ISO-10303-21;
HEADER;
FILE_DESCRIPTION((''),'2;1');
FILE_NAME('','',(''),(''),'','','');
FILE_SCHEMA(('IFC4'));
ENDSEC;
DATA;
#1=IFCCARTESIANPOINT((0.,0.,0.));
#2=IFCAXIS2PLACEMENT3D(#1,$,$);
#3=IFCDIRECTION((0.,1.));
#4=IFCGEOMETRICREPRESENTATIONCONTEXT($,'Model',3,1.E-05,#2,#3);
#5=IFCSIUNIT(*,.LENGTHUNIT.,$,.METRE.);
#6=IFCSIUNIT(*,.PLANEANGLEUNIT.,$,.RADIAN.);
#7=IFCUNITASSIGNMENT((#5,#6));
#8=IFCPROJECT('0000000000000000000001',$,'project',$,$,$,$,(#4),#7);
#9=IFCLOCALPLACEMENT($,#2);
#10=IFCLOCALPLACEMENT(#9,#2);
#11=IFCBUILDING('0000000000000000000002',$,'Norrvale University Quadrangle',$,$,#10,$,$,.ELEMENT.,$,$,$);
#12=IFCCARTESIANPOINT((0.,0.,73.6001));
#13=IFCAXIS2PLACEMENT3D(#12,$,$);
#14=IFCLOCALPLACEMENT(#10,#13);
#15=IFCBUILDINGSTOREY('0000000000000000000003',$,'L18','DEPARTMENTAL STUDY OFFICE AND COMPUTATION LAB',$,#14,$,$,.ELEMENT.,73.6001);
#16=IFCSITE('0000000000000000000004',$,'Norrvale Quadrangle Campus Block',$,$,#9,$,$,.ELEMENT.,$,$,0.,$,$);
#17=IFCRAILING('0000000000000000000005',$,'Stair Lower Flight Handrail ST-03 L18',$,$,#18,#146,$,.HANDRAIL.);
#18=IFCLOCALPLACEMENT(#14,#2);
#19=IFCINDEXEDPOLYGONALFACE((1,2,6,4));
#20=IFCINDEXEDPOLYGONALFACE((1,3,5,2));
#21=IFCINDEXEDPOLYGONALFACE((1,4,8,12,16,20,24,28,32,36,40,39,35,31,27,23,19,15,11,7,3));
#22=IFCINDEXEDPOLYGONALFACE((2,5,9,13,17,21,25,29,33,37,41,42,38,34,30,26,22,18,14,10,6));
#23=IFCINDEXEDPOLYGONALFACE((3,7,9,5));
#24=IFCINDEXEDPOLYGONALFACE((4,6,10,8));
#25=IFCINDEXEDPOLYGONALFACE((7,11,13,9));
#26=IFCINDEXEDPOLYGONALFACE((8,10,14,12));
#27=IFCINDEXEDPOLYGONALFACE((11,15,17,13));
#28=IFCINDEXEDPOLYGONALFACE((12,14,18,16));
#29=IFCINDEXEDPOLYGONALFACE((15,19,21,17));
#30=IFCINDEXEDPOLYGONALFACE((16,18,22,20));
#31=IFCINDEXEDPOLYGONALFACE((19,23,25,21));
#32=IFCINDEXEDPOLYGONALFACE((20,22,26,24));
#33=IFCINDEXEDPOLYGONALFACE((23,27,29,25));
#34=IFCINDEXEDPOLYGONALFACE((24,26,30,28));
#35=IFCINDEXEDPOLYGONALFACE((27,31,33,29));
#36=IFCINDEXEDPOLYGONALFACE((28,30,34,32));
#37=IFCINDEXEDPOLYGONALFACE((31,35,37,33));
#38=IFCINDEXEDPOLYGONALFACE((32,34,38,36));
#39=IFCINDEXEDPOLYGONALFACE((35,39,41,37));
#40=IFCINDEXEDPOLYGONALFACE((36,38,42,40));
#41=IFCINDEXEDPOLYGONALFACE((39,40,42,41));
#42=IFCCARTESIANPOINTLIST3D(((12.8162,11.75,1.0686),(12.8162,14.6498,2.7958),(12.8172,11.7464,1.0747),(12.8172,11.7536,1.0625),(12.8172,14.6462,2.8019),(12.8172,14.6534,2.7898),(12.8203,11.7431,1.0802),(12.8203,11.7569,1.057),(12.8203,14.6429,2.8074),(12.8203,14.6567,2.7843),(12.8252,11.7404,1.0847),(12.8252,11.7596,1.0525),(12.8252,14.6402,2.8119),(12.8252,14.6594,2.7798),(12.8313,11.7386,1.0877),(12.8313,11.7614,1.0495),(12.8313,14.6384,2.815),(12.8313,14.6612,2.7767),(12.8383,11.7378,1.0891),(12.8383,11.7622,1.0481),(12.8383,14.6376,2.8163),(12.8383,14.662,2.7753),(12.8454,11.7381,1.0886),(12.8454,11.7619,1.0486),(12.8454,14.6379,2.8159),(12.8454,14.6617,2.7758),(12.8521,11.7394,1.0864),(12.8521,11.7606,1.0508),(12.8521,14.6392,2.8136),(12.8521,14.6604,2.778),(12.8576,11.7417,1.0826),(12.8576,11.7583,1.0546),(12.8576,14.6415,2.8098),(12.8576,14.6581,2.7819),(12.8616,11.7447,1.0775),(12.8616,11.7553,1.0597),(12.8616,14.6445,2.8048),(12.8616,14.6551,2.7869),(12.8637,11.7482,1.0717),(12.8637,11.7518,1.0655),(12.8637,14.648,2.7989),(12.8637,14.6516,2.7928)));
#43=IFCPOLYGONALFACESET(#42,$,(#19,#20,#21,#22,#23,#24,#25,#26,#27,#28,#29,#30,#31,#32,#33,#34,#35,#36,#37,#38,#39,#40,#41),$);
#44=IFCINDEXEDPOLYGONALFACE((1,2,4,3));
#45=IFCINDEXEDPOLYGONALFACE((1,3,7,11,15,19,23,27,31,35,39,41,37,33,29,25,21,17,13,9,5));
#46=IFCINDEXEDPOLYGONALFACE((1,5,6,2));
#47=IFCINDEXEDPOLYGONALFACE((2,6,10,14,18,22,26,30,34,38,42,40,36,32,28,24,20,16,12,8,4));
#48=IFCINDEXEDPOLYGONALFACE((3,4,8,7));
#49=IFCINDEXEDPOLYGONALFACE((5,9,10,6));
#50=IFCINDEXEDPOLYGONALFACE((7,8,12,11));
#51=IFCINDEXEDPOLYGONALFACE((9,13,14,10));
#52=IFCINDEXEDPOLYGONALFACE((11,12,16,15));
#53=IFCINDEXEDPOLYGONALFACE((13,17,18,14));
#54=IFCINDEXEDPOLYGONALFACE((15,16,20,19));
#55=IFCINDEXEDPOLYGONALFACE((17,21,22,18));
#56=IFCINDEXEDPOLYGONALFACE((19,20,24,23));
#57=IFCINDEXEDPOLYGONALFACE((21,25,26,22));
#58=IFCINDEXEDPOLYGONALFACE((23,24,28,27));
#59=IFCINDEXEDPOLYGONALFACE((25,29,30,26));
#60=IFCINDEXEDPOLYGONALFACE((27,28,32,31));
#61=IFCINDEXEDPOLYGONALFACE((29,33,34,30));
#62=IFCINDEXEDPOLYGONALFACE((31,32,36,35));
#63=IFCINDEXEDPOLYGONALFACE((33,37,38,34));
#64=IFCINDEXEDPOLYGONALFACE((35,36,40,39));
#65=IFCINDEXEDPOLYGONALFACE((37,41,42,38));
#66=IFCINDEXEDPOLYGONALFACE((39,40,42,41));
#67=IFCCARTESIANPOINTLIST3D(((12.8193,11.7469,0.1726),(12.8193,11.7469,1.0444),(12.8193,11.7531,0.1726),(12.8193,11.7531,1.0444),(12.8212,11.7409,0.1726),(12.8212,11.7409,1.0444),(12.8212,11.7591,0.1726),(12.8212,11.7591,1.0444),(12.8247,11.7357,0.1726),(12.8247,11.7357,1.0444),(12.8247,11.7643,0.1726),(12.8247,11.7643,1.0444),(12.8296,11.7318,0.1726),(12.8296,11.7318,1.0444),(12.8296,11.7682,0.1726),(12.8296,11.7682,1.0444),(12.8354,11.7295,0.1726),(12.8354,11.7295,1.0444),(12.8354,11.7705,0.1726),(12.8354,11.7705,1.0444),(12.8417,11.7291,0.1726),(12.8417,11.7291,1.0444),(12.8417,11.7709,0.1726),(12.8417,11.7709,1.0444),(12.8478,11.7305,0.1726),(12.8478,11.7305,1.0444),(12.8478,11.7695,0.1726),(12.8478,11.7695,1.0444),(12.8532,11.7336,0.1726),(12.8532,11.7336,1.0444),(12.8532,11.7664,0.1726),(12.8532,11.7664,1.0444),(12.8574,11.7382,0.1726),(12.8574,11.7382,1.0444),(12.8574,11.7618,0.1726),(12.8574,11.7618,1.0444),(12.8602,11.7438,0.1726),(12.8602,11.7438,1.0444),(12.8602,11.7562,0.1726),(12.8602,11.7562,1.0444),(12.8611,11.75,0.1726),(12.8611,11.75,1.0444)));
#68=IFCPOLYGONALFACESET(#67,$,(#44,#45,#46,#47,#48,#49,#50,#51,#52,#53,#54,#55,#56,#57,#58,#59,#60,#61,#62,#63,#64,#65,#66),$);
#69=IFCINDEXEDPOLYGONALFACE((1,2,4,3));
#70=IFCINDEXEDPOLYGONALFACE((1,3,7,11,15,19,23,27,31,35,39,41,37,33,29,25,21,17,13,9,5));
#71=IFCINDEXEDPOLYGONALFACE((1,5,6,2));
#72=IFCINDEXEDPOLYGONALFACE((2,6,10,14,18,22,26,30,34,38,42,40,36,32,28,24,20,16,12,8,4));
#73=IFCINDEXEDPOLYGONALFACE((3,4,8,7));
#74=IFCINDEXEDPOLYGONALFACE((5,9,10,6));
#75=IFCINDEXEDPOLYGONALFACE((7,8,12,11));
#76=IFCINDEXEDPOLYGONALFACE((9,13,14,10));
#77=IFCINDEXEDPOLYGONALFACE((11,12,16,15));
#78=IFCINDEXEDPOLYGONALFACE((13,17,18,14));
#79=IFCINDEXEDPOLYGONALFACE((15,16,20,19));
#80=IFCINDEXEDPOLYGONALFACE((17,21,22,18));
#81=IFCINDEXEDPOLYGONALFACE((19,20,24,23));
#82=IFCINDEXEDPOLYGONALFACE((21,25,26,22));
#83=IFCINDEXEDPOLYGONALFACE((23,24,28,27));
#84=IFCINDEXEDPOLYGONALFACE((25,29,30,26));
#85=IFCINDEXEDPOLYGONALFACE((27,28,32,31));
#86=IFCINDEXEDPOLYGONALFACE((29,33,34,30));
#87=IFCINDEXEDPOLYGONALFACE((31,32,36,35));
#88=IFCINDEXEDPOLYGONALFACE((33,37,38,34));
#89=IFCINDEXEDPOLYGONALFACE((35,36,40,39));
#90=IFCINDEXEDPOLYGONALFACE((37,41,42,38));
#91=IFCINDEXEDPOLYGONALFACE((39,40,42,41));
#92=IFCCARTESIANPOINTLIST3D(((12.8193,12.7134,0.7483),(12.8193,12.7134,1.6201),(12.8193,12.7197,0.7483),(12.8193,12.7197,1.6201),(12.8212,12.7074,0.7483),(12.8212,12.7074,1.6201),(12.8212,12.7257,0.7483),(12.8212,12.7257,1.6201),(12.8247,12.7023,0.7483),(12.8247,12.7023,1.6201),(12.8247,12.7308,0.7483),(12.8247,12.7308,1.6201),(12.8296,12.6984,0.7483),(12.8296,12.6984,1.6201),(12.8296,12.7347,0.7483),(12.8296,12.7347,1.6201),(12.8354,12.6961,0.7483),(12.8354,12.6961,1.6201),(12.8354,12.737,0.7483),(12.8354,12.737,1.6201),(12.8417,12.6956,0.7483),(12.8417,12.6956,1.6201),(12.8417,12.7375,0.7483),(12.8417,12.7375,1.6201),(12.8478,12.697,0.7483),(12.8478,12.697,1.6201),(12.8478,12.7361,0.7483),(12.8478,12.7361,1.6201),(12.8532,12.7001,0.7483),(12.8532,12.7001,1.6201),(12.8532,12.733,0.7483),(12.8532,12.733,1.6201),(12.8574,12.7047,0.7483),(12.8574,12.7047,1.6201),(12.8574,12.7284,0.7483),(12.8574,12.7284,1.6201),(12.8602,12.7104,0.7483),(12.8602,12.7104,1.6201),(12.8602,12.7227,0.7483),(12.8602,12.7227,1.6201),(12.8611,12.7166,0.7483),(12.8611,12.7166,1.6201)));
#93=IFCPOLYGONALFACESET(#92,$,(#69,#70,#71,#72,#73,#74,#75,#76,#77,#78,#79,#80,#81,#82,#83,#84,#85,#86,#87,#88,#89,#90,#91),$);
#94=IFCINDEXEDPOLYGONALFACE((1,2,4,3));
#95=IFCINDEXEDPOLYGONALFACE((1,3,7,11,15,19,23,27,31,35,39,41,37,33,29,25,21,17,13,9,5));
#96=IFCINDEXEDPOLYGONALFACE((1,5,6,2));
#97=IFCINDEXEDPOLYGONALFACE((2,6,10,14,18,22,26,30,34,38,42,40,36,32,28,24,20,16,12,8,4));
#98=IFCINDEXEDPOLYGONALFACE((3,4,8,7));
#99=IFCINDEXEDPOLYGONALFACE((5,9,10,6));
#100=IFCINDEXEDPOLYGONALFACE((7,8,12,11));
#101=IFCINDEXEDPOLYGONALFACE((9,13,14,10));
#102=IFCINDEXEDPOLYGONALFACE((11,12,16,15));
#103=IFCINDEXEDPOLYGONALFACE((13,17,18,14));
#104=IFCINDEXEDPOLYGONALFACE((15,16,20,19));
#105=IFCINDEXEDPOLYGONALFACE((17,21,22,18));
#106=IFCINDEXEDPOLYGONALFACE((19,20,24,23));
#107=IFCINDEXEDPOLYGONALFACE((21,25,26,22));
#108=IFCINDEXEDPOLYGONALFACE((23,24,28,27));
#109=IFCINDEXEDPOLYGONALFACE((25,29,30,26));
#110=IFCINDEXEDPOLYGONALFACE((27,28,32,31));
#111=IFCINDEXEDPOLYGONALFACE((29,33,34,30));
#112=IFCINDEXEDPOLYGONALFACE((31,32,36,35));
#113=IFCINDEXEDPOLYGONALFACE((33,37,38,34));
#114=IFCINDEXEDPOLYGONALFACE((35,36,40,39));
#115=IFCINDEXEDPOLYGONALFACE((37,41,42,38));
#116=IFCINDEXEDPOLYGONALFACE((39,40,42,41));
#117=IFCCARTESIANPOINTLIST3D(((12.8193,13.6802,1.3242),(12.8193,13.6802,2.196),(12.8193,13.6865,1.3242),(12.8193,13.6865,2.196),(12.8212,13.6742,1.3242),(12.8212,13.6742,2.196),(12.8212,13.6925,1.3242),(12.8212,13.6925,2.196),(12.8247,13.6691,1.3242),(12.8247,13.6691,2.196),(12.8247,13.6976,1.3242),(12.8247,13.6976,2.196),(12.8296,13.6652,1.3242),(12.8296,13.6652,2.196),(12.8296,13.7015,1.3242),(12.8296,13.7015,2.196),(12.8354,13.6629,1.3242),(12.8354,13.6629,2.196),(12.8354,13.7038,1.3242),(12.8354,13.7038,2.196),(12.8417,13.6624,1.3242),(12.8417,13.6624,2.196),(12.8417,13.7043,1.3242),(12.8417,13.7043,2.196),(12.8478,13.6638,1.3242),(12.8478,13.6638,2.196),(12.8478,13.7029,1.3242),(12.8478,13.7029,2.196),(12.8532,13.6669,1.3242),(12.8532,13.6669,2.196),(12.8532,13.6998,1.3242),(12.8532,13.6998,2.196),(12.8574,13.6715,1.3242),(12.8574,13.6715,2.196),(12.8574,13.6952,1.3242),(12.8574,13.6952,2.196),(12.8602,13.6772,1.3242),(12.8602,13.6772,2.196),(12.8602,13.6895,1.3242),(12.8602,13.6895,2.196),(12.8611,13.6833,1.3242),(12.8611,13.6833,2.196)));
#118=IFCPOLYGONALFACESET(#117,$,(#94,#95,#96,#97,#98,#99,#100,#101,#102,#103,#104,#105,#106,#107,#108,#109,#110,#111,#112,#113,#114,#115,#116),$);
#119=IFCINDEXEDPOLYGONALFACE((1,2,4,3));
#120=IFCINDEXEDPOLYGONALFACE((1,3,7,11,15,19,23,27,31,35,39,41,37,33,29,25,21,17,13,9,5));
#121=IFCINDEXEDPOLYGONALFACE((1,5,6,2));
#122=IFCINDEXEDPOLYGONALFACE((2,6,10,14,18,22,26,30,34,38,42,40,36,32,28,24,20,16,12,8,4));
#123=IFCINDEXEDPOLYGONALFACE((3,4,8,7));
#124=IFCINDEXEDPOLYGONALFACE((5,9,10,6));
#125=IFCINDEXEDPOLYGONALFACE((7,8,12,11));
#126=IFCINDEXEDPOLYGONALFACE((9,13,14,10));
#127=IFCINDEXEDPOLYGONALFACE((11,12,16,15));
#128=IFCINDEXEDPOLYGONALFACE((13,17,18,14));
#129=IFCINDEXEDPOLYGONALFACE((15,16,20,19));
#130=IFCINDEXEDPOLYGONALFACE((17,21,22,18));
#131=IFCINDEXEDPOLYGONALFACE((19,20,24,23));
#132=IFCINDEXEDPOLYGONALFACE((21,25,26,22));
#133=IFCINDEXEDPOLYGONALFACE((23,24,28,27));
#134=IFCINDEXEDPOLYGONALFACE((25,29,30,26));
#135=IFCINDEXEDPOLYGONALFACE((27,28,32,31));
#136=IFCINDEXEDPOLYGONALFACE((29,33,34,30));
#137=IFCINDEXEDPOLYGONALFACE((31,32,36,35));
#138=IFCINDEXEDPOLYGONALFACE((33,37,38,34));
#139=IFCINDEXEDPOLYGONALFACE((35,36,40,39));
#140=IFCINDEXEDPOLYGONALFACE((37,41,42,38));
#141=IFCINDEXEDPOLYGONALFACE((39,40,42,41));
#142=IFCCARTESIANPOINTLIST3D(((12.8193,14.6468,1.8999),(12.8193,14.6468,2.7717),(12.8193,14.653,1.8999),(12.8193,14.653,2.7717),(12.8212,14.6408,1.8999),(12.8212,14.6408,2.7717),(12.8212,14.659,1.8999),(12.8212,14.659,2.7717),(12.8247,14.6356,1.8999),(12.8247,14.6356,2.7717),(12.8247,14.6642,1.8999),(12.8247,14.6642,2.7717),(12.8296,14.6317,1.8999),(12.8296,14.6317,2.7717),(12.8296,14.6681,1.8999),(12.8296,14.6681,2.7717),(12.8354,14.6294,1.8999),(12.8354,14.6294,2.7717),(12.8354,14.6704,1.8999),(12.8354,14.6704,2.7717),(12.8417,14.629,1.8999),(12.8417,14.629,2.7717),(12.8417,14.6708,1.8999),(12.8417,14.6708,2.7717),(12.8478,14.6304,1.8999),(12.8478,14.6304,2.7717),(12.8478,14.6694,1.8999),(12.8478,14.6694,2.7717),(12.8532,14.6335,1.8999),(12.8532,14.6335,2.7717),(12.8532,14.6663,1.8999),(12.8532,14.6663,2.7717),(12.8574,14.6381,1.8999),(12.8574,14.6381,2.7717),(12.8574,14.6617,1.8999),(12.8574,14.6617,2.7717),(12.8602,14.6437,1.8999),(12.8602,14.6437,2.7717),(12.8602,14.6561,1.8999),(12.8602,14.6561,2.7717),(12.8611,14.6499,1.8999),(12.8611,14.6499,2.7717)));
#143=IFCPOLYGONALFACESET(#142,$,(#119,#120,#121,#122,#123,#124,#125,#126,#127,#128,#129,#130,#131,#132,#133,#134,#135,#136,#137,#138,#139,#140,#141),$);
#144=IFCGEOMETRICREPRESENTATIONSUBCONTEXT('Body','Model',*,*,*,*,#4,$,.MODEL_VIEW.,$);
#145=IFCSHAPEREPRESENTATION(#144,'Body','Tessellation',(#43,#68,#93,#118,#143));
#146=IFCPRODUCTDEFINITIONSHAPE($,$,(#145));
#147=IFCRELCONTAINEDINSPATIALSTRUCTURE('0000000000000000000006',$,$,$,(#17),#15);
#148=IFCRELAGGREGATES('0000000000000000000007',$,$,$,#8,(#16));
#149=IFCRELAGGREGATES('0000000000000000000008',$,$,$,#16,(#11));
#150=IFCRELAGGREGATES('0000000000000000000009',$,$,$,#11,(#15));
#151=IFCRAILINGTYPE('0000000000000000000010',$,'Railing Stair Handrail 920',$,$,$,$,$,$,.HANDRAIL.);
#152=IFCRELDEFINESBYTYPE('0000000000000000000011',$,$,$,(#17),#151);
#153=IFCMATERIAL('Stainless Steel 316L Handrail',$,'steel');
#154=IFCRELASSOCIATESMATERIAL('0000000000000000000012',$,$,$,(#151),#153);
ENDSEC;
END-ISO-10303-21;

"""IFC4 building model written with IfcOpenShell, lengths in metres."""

from ifc_helpers import new_model, si_unit, direction, frame, origin, origin_2d, place, context, subcontext, project, spatial, circle, extrude, material, type_object, element, save


model = new_model("IFC4")

# Units and contexts
model_context = context("Model", 3, precision=1e-05, world=origin(), true_north=direction((0.0, 1.0)))
body_context = subcontext(model_context, "Body", "Model", "MODEL_VIEW")
ifc_project = project(units=[si_unit("LENGTHUNIT", "METRE"), si_unit("PLANEANGLEUNIT", "RADIAN")], contexts=[model_context])

# Site, building, storey
site_placement = place(None, origin())
site = spatial("IfcSite", under=ifc_project, at=site_placement, Name="Norrvale Quadrangle Campus Block", CompositionType="ELEMENT", RefElevation=0.0)
building_placement = place(site_placement, origin())
building = spatial("IfcBuilding", under=site, at=building_placement, Name="Norrvale University Quadrangle", CompositionType="ELEMENT")
storey_placement = place(building_placement, frame((0.0, 0.0, 73.6001)))
storey = spatial("IfcBuildingStorey", under=building, at=storey_placement, Name="L18", Description="DEPARTMENTAL STUDY OFFICE AND COMPUTATION LAB", CompositionType="ELEMENT", Elevation=73.6001)

# Railing
ifc_material_1 = material(Name="Stainless Steel 316L Handrail", Category="steel")
railing_type_1 = type_object("IfcRailingType", Name="Railing Stair Handrail 920", PredefinedType="HANDRAIL", material=ifc_material_1)
railing_1_placement = place(storey_placement, frame((12.8401, 11.75, 0.1726)))
element("IfcRailing", 1, at=railing_1_placement, inside=storey, type_object=railing_type_1, Name="Stair Lower Flight Handrail ST-03 L18", PredefinedType="HANDRAIL", context=body_context, shape_type="SweptSolid", body=[
    extrude(circle(Radius=0.0239, at=origin_2d()), frame((0.0, 0.0, 0.896), z_axis=(0.0, 0.859141, 0.511738), x_axis=(-1.0, 0.0, 0.0)), (0.0, 0.0, 1.0), 3.3752),
    extrude(circle(Radius=0.021, at=origin_2d()), origin(), (0.0, 0.0, 1.0), 0.8718),
    extrude(circle(Radius=0.021, at=origin_2d()), frame((0.0, 0.9666, 0.5757)), (0.0, 0.0, 1.0), 0.8718),
    extrude(circle(Radius=0.021, at=origin_2d()), frame((0.0, 1.9333, 1.1516)), (0.0, 0.0, 1.0), 0.8718),
    extrude(circle(Radius=0.021, at=origin_2d()), frame((0.0, 2.8999, 1.7273)), (0.0, 0.0, 1.0), 0.8718),
])

save(model, "model.ifc")
